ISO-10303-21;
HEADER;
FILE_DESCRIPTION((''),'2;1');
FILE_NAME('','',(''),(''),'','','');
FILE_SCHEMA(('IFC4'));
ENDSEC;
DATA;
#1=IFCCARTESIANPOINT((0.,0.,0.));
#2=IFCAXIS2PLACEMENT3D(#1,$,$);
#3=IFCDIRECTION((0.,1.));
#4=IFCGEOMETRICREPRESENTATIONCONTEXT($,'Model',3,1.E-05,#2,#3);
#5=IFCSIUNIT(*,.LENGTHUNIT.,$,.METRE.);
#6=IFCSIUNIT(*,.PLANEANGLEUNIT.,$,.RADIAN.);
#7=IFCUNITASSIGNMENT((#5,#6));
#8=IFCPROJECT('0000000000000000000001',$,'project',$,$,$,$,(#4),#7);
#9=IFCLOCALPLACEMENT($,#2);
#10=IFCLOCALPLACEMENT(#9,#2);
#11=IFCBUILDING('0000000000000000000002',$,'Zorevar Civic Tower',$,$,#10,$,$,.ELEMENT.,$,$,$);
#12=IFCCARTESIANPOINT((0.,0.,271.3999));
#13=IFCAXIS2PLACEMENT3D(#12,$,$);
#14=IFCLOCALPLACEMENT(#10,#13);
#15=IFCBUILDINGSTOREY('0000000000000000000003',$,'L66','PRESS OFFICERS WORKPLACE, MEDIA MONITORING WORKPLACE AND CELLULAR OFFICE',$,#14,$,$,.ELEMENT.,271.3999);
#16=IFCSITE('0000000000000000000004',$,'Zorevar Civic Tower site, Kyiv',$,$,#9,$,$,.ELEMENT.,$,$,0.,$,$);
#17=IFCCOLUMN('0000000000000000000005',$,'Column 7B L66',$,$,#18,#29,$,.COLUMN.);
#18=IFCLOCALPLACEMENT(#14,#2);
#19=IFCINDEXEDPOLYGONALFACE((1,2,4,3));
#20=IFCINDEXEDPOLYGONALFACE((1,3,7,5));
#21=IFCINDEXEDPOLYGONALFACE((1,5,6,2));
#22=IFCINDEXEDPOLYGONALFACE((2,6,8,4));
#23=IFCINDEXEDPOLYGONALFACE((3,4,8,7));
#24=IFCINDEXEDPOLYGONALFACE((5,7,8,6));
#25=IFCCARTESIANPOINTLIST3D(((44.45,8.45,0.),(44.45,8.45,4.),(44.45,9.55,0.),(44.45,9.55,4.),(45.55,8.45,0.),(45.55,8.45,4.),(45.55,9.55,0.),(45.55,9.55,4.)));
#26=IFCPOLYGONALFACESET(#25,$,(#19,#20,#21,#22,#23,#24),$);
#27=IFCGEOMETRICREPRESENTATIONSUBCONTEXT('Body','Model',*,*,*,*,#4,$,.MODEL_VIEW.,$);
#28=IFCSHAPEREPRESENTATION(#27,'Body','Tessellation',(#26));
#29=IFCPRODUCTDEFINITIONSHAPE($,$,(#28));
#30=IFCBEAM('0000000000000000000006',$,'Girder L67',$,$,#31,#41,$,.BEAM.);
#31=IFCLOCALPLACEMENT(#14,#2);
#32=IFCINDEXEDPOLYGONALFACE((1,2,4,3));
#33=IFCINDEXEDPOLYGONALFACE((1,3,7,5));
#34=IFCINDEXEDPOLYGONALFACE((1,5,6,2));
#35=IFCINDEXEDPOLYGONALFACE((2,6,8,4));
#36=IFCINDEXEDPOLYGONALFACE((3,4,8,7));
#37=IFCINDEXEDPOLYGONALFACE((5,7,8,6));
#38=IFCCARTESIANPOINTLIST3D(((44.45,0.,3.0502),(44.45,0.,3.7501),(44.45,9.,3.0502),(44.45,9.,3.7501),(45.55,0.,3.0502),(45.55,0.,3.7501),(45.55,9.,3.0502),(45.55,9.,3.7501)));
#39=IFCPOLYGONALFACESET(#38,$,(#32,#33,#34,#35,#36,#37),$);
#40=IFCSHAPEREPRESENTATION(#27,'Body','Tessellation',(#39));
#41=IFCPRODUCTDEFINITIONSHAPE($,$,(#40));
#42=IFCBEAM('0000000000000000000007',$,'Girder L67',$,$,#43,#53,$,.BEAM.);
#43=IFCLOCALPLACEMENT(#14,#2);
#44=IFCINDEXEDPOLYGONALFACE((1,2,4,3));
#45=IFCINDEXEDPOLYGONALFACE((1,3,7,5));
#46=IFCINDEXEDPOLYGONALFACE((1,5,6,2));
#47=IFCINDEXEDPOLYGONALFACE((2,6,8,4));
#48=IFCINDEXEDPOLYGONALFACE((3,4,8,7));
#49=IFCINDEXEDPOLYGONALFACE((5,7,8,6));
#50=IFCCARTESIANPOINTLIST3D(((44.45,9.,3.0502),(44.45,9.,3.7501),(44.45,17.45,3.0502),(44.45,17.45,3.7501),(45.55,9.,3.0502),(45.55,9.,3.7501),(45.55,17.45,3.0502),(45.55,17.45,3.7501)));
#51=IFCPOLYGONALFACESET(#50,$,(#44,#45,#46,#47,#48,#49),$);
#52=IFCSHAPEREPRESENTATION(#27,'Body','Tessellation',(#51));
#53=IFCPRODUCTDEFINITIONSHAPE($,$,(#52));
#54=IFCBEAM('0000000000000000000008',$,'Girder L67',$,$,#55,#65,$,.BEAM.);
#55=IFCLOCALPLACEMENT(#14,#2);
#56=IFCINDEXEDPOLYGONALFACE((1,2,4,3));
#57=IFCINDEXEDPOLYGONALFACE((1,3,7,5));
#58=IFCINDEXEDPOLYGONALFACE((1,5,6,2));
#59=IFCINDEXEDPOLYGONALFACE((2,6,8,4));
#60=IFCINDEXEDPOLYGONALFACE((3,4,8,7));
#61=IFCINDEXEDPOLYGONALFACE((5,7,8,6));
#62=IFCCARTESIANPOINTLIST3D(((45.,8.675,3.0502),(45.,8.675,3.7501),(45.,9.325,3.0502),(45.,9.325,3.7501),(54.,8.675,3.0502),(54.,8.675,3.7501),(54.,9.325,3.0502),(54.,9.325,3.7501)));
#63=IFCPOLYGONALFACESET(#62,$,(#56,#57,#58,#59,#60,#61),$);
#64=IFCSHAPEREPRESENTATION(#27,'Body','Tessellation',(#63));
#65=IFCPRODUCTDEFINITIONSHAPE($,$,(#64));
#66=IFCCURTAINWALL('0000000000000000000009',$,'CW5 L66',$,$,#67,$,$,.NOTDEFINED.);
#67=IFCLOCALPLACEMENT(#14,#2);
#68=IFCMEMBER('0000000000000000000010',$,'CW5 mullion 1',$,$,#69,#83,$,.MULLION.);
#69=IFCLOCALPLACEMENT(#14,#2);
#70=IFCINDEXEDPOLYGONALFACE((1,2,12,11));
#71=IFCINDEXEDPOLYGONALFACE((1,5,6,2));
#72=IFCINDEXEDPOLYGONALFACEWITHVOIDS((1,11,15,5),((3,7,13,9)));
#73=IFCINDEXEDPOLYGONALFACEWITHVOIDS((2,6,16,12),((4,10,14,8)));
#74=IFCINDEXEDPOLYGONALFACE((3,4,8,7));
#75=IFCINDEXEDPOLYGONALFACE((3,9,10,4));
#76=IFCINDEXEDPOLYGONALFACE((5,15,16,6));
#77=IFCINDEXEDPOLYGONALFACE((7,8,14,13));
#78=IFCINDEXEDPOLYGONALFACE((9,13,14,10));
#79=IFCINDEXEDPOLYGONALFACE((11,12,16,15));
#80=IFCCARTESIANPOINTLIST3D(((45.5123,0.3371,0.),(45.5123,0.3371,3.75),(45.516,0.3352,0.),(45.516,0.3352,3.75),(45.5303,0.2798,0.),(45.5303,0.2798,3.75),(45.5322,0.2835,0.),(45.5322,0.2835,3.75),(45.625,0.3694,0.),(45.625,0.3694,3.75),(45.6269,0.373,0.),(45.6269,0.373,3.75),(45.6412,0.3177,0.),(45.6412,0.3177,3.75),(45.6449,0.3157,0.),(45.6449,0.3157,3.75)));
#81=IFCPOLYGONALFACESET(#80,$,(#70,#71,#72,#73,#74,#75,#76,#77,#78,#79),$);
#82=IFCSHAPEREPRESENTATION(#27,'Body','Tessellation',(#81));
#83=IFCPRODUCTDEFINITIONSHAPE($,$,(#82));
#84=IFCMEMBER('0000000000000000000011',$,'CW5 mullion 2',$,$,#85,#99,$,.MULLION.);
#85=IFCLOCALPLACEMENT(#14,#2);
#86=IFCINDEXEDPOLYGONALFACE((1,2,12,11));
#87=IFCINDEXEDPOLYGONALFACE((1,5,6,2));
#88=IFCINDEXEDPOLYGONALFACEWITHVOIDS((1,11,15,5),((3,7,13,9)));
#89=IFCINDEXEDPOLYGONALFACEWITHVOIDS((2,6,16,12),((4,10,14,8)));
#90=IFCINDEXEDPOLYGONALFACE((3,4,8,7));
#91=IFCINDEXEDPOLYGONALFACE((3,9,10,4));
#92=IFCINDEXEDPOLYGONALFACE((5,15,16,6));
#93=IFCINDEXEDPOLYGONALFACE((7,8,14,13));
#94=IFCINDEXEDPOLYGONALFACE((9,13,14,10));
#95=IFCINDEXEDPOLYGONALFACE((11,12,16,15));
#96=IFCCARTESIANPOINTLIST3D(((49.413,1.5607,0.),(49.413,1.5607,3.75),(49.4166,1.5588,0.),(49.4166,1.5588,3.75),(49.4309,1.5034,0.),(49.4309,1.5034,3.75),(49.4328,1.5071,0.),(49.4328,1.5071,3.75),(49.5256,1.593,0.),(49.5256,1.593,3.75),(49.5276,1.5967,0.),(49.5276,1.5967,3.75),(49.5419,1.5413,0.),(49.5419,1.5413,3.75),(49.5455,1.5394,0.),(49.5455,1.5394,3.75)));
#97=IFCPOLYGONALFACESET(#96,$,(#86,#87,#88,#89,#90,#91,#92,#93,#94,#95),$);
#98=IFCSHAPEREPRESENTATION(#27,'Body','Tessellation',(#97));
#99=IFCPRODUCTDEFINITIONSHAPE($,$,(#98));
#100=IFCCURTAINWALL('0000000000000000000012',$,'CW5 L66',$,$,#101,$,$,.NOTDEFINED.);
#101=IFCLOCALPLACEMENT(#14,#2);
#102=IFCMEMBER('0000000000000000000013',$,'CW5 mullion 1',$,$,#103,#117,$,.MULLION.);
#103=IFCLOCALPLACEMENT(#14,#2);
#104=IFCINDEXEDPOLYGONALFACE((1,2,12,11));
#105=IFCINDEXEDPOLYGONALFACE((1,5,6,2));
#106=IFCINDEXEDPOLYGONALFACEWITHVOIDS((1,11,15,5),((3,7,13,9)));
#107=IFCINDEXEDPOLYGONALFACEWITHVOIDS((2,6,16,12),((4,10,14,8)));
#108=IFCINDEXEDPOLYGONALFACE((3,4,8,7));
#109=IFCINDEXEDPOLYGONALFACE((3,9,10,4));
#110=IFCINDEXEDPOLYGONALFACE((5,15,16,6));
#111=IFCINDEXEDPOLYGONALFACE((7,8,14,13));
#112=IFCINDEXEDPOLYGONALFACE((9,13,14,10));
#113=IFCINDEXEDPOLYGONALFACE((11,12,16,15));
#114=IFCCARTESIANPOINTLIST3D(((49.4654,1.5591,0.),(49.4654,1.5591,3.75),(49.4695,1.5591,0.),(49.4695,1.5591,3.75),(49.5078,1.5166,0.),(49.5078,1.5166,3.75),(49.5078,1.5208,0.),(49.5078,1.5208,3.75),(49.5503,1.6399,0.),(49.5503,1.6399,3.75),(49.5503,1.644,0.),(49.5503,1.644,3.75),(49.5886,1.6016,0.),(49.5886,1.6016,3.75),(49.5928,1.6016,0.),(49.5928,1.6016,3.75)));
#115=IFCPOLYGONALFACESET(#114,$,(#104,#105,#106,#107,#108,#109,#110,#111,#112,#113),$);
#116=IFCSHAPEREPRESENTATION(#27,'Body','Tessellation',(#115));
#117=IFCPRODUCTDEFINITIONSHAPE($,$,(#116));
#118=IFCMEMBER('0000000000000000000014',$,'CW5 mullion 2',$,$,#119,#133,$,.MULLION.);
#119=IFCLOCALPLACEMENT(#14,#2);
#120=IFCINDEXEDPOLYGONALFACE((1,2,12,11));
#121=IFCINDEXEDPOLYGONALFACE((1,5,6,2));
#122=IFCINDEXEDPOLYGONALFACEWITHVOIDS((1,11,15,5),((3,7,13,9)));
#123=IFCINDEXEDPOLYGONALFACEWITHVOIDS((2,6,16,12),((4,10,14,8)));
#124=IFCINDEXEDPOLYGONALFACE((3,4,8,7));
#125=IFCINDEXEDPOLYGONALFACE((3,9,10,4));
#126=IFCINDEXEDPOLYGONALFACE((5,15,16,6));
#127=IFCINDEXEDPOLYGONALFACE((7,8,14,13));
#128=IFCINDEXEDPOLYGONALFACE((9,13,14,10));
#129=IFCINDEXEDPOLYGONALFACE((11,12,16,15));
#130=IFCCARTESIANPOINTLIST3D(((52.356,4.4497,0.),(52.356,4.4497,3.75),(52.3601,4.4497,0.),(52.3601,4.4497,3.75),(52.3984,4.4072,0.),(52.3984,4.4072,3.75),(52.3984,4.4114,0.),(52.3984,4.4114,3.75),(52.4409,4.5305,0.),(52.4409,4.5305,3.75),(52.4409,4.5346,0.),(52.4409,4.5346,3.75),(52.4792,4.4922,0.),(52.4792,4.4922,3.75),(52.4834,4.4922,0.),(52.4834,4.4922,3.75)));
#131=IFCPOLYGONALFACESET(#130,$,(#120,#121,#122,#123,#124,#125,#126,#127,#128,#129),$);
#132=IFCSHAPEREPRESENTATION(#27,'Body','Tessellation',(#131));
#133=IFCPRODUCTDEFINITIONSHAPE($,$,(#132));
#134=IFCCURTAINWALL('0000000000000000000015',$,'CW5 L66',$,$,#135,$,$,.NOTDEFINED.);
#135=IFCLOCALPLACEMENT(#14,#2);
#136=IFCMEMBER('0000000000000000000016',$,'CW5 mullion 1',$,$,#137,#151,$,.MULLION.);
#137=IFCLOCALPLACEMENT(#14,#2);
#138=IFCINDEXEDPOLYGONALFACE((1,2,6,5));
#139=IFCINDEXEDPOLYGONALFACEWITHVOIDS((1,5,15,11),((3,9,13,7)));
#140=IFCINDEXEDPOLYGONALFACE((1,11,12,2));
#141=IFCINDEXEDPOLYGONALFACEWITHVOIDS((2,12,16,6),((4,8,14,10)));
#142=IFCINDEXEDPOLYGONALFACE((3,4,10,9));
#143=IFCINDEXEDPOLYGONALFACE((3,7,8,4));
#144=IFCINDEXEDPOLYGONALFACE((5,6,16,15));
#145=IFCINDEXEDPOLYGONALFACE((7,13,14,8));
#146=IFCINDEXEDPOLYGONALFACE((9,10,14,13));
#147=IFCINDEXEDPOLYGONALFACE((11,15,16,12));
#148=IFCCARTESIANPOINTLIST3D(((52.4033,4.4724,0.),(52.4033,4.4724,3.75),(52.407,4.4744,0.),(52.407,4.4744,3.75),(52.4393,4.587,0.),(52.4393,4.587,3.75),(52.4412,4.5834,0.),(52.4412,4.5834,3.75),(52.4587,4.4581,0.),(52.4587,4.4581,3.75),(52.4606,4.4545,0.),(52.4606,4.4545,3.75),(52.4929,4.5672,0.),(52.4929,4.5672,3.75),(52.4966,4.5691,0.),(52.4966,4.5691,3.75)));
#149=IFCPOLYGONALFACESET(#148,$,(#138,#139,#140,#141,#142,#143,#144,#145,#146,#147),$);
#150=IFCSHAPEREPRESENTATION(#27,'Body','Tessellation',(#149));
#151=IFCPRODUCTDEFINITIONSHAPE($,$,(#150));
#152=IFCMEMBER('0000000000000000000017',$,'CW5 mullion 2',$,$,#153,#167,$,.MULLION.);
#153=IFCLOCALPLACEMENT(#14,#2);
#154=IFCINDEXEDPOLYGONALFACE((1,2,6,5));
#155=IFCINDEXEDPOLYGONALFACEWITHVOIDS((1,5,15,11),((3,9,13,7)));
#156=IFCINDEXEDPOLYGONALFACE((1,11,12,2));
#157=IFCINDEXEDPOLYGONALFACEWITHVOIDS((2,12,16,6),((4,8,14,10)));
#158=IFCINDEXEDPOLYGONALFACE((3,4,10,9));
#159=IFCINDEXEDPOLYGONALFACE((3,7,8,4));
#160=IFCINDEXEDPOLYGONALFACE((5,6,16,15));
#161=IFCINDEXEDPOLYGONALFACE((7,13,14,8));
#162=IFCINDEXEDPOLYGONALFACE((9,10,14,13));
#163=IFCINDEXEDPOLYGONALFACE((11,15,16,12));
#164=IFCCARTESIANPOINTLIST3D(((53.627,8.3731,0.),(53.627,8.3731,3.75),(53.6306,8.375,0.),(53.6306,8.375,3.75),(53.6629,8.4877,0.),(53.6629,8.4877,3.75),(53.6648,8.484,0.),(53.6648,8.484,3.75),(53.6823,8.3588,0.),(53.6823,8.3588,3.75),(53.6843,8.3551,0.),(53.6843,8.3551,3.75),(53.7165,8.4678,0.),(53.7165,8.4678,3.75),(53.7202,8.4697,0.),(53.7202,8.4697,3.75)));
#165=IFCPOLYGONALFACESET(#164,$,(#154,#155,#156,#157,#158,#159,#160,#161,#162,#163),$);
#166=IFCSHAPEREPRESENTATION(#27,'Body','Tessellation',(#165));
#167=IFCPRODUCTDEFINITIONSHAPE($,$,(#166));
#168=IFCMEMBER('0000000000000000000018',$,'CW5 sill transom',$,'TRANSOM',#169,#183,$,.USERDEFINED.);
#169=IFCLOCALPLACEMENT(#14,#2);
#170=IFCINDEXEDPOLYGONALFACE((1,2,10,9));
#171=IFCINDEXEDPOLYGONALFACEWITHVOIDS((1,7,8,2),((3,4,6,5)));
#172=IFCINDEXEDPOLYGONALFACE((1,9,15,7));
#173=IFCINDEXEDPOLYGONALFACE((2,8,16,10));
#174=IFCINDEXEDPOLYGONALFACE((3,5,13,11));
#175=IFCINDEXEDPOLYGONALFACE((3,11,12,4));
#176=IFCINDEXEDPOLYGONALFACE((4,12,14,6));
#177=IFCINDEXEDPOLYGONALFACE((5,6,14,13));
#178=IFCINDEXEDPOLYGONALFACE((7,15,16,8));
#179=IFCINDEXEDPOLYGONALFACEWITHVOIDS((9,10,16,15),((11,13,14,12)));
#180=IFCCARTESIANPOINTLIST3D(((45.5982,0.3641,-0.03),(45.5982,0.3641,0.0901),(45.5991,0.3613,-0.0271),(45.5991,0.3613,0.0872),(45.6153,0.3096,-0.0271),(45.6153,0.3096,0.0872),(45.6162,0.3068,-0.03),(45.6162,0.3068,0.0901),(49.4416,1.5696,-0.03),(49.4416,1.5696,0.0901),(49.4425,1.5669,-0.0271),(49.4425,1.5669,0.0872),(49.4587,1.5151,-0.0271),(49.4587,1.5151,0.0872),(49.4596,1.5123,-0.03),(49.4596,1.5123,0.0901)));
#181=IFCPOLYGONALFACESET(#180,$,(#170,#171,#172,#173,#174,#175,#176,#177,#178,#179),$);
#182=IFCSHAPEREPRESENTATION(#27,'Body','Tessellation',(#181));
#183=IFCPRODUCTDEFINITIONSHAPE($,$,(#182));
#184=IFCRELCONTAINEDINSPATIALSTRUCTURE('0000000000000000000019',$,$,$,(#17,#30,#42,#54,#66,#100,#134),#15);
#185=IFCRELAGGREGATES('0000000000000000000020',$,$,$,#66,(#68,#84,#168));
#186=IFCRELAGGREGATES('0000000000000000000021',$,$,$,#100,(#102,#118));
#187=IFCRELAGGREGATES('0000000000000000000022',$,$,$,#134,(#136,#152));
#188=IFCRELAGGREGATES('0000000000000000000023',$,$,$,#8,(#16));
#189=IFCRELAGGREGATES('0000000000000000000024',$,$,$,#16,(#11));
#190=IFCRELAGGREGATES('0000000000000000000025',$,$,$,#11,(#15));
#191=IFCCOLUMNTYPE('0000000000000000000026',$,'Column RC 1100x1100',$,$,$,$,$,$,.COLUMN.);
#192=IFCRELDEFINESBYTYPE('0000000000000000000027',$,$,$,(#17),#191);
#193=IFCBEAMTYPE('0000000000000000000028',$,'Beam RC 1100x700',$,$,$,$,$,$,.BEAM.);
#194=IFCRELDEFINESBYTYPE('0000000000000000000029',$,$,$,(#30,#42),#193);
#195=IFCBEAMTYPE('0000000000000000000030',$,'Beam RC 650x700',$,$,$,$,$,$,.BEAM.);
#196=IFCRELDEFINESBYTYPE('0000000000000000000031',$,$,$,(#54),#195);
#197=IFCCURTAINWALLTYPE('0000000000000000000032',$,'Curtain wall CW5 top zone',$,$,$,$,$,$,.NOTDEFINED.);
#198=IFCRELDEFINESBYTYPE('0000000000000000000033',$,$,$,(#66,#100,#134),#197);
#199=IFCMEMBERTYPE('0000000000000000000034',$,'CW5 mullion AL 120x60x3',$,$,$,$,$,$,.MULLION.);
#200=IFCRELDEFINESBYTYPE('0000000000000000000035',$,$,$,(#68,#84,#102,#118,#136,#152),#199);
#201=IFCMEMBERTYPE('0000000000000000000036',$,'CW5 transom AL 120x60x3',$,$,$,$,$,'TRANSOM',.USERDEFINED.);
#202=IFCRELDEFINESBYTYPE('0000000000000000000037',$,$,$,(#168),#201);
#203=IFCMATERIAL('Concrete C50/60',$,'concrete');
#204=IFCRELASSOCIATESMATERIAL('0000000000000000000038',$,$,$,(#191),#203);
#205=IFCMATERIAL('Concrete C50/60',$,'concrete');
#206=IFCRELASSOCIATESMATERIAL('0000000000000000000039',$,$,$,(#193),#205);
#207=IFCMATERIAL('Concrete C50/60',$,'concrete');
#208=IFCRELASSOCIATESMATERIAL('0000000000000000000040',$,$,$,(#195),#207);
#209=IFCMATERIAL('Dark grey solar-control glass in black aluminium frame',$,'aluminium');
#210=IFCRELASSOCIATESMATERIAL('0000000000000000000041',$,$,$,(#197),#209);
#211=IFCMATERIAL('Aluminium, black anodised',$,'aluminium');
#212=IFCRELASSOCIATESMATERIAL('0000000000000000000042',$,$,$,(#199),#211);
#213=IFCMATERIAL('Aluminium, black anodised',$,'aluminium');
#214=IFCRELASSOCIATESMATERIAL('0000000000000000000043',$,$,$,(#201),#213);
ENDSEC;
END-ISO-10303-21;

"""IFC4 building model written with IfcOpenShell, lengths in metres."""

from ifc_helpers import new_model, si_unit, direction, frame, origin, origin_2d, place, context, subcontext, project, spatial, rectangle, hollow_rectangle, extrude, material, material_profile, profile_set, type_object, element, aggregate, save


model = new_model("IFC4")

# Units and contexts
model_context = context("Model", 3, precision=1e-05, world=origin(), true_north=direction((0.0, 1.0)))
body_context = subcontext(model_context, "Body", "Model", "MODEL_VIEW")
ifc_project = project(units=[si_unit("LENGTHUNIT", "METRE"), si_unit("PLANEANGLEUNIT", "RADIAN")], contexts=[model_context])

# Site, building, storey
site_placement = place(None, origin())
site = spatial("IfcSite", under=ifc_project, at=site_placement, Name="Zorevar Civic Tower site, Kyiv", CompositionType="ELEMENT", RefElevation=0.0)
building_placement = place(site_placement, origin())
building = spatial("IfcBuilding", under=site, at=building_placement, Name="Zorevar Civic Tower", CompositionType="ELEMENT")
storey_placement = place(building_placement, frame((0.0, 0.0, 271.3999)))
storey = spatial("IfcBuildingStorey", under=building, at=storey_placement, Name="L66", Description="PRESS OFFICERS WORKPLACE, MEDIA MONITORING WORKPLACE AND CELLULAR OFFICE", CompositionType="ELEMENT", Elevation=271.3999)

# Column
ifc_material_1 = material(Name="Concrete C50/60", Category="concrete")
ifc_material_profile_1 = material_profile(ifc_material_1, rectangle(XDim=1.1001, YDim=1.1001, at=origin_2d()), Name="RC 1100x1100")
ifc_profile_set_1 = profile_set([ifc_material_profile_1], Name="Concrete C50/60")
column_type = type_object("IfcColumnType", Name="Column RC 1100x1100", PredefinedType="COLUMN", material=ifc_profile_set_1)
column_placement = place(storey_placement, frame((45.0, 9.0, 0.0), z_axis=(0.0, 0.0, 1.0), x_axis=(1.0, 0.0, 0.0)))
element("IfcColumn", 1, at=column_placement, inside=storey, type_object=column_type, Name="Column 7B L66", PredefinedType="COLUMN", context=body_context, shape_type="SweptSolid", body=[
    extrude(rectangle(XDim=1.1001, YDim=1.1001, at=origin_2d()), origin(), (0.0, 0.0, 1.0), 4.0),
])

# Beams
ifc_material_2 = material(Name="Concrete C50/60", Category="concrete")
ifc_material_profile_2 = material_profile(ifc_material_2, rectangle(XDim=1.1001, YDim=0.7, at=origin_2d()), Name="RC 1100x700")
ifc_profile_set_2 = profile_set([ifc_material_profile_2], Name="Concrete C50/60")
beam_type_1 = type_object("IfcBeamType", Name="Beam RC 1100x700", PredefinedType="BEAM", material=ifc_profile_set_2)
beam_1_placement = place(storey_placement, frame((45.0, 0.0, 3.4001), z_axis=(0.0, 1.0, 0.0), x_axis=(-1.0, 0.0, 0.0)))
element("IfcBeam", 2, at=beam_1_placement, inside=storey, type_object=beam_type_1, Name="Girder L67", PredefinedType="BEAM", context=body_context, shape_type="SweptSolid", body=[
    extrude(rectangle(XDim=1.1001, YDim=0.7, at=origin_2d()), origin(), (0.0, 0.0, 1.0), 9.0),
])
beam_2_placement = place(storey_placement, frame((45.0, 9.0, 3.4001), z_axis=(0.0, 1.0, 0.0), x_axis=(-1.0, 0.0, 0.0)))
element("IfcBeam", 3, at=beam_2_placement, inside=storey, type_object=beam_type_1, Name="Girder L67", PredefinedType="BEAM", context=body_context, shape_type="SweptSolid", body=[
    extrude(rectangle(XDim=1.1001, YDim=0.7, at=origin_2d()), origin(), (0.0, 0.0, 1.0), 8.45),
])
ifc_material_3 = material(Name="Concrete C50/60", Category="concrete")
ifc_material_profile_3 = material_profile(ifc_material_3, rectangle(XDim=0.6499, YDim=0.7, at=origin_2d()), Name="RC 650x700")
ifc_profile_set_3 = profile_set([ifc_material_profile_3], Name="Concrete C50/60")
beam_type_2 = type_object("IfcBeamType", Name="Beam RC 650x700", PredefinedType="BEAM", material=ifc_profile_set_3)
beam_3_placement = place(storey_placement, frame((45.0, 9.0, 3.4001), z_axis=(1.0, 0.0, 0.0), x_axis=(0.0, 1.0, 0.0)))
element("IfcBeam", 4, at=beam_3_placement, inside=storey, type_object=beam_type_2, Name="Girder L67", PredefinedType="BEAM", context=body_context, shape_type="SweptSolid", body=[
    extrude(rectangle(XDim=0.6499, YDim=0.7, at=origin_2d()), origin(), (0.0, 0.0, 1.0), 9.0),
])

# Curtain walls, members
ifc_material_4 = material(Name="Dark grey solar-control glass in black aluminium frame", Category="aluminium")
curtain_wall_type = type_object("IfcCurtainWallType", Name="Curtain wall CW5 top zone", PredefinedType="NOTDEFINED", material=ifc_material_4)
curtain_wall_1_placement = place(storey_placement, origin())
curtain_wall_1 = element("IfcCurtainWall", 5, at=curtain_wall_1_placement, inside=storey, type_object=curtain_wall_type, Name="CW5 L66", PredefinedType="NOTDEFINED")
ifc_material_5 = material(Name="Aluminium, black anodised", Category="aluminium")
ifc_material_profile_4 = material_profile(ifc_material_5, hollow_rectangle(XDim=0.0601, YDim=0.1201, WallThickness=0.0029, at=origin_2d()), Name="AL 120x60x3")
ifc_profile_set_4 = profile_set([ifc_material_profile_4], Name="Aluminium, black anodised")
member_type_1 = type_object("IfcMemberType", Name="CW5 mullion AL 120x60x3", PredefinedType="MULLION", material=ifc_profile_set_4)
member_1_placement = place(storey_placement, frame((45.5786, 0.3264, 0.0), z_axis=(0.0, 0.0, 1.0), x_axis=(-0.299318, 0.954153, 0.0)))
member_1 = element("IfcMember", 6, at=member_1_placement, type_object=member_type_1, Name="CW5 mullion 1", PredefinedType="MULLION", context=body_context, shape_type="SweptSolid", body=[
    extrude(hollow_rectangle(XDim=0.0601, YDim=0.1201, WallThickness=0.0029, at=origin_2d()), origin(), (0.0, 0.0, 1.0), 3.75),
])
member_2_placement = place(storey_placement, frame((49.4792, 1.55, 0.0), z_axis=(0.0, 0.0, 1.0), x_axis=(-0.299318, 0.954153, 0.0)))
member_2 = element("IfcMember", 7, at=member_2_placement, type_object=member_type_1, Name="CW5 mullion 2", PredefinedType="MULLION", context=body_context, shape_type="SweptSolid", body=[
    extrude(hollow_rectangle(XDim=0.0601, YDim=0.1201, WallThickness=0.0029, at=origin_2d()), origin(), (0.0, 0.0, 1.0), 3.75),
])
curtain_wall_2_placement = place(storey_placement, origin())
curtain_wall_2 = element("IfcCurtainWall", 8, at=curtain_wall_2_placement, inside=storey, type_object=curtain_wall_type, Name="CW5 L66", PredefinedType="NOTDEFINED")
member_3_placement = place(storey_placement, frame((49.5291, 1.5803, 0.0), z_axis=(0.0, 0.0, 1.0), x_axis=(-0.707107, 0.707107, 0.0)))
member_3 = element("IfcMember", 9, at=member_3_placement, type_object=member_type_1, Name="CW5 mullion 1", PredefinedType="MULLION", context=body_context, shape_type="SweptSolid", body=[
    extrude(hollow_rectangle(XDim=0.0601, YDim=0.1201, WallThickness=0.0029, at=origin_2d()), origin(), (0.0, 0.0, 1.0), 3.75),
])
member_4_placement = place(storey_placement, frame((52.4197, 4.4709, 0.0), z_axis=(0.0, 0.0, 1.0), x_axis=(-0.707107, 0.707107, 0.0)))
member_4 = element("IfcMember", 10, at=member_4_placement, type_object=member_type_1, Name="CW5 mullion 2", PredefinedType="MULLION", context=body_context, shape_type="SweptSolid", body=[
    extrude(hollow_rectangle(XDim=0.0601, YDim=0.1201, WallThickness=0.0029, at=origin_2d()), origin(), (0.0, 0.0, 1.0), 3.75),
])
curtain_wall_3_placement = place(storey_placement, origin())
curtain_wall_3 = element("IfcCurtainWall", 11, at=curtain_wall_3_placement, inside=storey, type_object=curtain_wall_type, Name="CW5 L66", PredefinedType="NOTDEFINED")
member_5_placement = place(storey_placement, frame((52.45, 4.5208, 0.0), z_axis=(0.0, 0.0, 1.0), x_axis=(-0.954153, 0.299318, 0.0)))
member_5 = element("IfcMember", 12, at=member_5_placement, type_object=member_type_1, Name="CW5 mullion 1", PredefinedType="MULLION", context=body_context, shape_type="SweptSolid", body=[
    extrude(hollow_rectangle(XDim=0.0601, YDim=0.1201, WallThickness=0.0029, at=origin_2d()), origin(), (0.0, 0.0, 1.0), 3.75),
])
member_6_placement = place(storey_placement, frame((53.6736, 8.4214, 0.0), z_axis=(0.0, 0.0, 1.0), x_axis=(-0.954153, 0.299318, 0.0)))
member_6 = element("IfcMember", 13, at=member_6_placement, type_object=member_type_1, Name="CW5 mullion 2", PredefinedType="MULLION", context=body_context, shape_type="SweptSolid", body=[
    extrude(hollow_rectangle(XDim=0.0601, YDim=0.1201, WallThickness=0.0029, at=origin_2d()), origin(), (0.0, 0.0, 1.0), 3.75),
])

# Member
ifc_material_6 = material(Name="Aluminium, black anodised", Category="aluminium")
ifc_material_profile_5 = material_profile(ifc_material_6, hollow_rectangle(XDim=0.0601, YDim=0.1201, WallThickness=0.0029, at=origin_2d()), Name="AL 120x60x3")
ifc_profile_set_5 = profile_set([ifc_material_profile_5], Name="Aluminium, black anodised")
member_type_2 = type_object("IfcMemberType", Name="CW5 transom AL 120x60x3", ElementType="TRANSOM", PredefinedType="USERDEFINED", material=ifc_profile_set_5)
member_7_placement = place(storey_placement, frame((45.6072, 0.3354, 0.03), z_axis=(0.954163, 0.299286, 0.0), x_axis=(-0.299286, 0.954163, 0.0)))
member_7 = element("IfcMember", 14, at=member_7_placement, type_object=member_type_2, Name="CW5 sill transom", ObjectType="TRANSOM", PredefinedType="USERDEFINED", context=body_context, shape_type="SweptSolid", body=[
    extrude(hollow_rectangle(XDim=0.0601, YDim=0.1201, WallThickness=0.0029, at=origin_2d()), origin(), (0.0, 0.0, 1.0), 4.0281),
])

aggregate(curtain_wall_1, [member_1, member_2, member_7])
aggregate(curtain_wall_2, [member_3, member_4])
aggregate(curtain_wall_3, [member_5, member_6])

save(model, "model.ifc")
